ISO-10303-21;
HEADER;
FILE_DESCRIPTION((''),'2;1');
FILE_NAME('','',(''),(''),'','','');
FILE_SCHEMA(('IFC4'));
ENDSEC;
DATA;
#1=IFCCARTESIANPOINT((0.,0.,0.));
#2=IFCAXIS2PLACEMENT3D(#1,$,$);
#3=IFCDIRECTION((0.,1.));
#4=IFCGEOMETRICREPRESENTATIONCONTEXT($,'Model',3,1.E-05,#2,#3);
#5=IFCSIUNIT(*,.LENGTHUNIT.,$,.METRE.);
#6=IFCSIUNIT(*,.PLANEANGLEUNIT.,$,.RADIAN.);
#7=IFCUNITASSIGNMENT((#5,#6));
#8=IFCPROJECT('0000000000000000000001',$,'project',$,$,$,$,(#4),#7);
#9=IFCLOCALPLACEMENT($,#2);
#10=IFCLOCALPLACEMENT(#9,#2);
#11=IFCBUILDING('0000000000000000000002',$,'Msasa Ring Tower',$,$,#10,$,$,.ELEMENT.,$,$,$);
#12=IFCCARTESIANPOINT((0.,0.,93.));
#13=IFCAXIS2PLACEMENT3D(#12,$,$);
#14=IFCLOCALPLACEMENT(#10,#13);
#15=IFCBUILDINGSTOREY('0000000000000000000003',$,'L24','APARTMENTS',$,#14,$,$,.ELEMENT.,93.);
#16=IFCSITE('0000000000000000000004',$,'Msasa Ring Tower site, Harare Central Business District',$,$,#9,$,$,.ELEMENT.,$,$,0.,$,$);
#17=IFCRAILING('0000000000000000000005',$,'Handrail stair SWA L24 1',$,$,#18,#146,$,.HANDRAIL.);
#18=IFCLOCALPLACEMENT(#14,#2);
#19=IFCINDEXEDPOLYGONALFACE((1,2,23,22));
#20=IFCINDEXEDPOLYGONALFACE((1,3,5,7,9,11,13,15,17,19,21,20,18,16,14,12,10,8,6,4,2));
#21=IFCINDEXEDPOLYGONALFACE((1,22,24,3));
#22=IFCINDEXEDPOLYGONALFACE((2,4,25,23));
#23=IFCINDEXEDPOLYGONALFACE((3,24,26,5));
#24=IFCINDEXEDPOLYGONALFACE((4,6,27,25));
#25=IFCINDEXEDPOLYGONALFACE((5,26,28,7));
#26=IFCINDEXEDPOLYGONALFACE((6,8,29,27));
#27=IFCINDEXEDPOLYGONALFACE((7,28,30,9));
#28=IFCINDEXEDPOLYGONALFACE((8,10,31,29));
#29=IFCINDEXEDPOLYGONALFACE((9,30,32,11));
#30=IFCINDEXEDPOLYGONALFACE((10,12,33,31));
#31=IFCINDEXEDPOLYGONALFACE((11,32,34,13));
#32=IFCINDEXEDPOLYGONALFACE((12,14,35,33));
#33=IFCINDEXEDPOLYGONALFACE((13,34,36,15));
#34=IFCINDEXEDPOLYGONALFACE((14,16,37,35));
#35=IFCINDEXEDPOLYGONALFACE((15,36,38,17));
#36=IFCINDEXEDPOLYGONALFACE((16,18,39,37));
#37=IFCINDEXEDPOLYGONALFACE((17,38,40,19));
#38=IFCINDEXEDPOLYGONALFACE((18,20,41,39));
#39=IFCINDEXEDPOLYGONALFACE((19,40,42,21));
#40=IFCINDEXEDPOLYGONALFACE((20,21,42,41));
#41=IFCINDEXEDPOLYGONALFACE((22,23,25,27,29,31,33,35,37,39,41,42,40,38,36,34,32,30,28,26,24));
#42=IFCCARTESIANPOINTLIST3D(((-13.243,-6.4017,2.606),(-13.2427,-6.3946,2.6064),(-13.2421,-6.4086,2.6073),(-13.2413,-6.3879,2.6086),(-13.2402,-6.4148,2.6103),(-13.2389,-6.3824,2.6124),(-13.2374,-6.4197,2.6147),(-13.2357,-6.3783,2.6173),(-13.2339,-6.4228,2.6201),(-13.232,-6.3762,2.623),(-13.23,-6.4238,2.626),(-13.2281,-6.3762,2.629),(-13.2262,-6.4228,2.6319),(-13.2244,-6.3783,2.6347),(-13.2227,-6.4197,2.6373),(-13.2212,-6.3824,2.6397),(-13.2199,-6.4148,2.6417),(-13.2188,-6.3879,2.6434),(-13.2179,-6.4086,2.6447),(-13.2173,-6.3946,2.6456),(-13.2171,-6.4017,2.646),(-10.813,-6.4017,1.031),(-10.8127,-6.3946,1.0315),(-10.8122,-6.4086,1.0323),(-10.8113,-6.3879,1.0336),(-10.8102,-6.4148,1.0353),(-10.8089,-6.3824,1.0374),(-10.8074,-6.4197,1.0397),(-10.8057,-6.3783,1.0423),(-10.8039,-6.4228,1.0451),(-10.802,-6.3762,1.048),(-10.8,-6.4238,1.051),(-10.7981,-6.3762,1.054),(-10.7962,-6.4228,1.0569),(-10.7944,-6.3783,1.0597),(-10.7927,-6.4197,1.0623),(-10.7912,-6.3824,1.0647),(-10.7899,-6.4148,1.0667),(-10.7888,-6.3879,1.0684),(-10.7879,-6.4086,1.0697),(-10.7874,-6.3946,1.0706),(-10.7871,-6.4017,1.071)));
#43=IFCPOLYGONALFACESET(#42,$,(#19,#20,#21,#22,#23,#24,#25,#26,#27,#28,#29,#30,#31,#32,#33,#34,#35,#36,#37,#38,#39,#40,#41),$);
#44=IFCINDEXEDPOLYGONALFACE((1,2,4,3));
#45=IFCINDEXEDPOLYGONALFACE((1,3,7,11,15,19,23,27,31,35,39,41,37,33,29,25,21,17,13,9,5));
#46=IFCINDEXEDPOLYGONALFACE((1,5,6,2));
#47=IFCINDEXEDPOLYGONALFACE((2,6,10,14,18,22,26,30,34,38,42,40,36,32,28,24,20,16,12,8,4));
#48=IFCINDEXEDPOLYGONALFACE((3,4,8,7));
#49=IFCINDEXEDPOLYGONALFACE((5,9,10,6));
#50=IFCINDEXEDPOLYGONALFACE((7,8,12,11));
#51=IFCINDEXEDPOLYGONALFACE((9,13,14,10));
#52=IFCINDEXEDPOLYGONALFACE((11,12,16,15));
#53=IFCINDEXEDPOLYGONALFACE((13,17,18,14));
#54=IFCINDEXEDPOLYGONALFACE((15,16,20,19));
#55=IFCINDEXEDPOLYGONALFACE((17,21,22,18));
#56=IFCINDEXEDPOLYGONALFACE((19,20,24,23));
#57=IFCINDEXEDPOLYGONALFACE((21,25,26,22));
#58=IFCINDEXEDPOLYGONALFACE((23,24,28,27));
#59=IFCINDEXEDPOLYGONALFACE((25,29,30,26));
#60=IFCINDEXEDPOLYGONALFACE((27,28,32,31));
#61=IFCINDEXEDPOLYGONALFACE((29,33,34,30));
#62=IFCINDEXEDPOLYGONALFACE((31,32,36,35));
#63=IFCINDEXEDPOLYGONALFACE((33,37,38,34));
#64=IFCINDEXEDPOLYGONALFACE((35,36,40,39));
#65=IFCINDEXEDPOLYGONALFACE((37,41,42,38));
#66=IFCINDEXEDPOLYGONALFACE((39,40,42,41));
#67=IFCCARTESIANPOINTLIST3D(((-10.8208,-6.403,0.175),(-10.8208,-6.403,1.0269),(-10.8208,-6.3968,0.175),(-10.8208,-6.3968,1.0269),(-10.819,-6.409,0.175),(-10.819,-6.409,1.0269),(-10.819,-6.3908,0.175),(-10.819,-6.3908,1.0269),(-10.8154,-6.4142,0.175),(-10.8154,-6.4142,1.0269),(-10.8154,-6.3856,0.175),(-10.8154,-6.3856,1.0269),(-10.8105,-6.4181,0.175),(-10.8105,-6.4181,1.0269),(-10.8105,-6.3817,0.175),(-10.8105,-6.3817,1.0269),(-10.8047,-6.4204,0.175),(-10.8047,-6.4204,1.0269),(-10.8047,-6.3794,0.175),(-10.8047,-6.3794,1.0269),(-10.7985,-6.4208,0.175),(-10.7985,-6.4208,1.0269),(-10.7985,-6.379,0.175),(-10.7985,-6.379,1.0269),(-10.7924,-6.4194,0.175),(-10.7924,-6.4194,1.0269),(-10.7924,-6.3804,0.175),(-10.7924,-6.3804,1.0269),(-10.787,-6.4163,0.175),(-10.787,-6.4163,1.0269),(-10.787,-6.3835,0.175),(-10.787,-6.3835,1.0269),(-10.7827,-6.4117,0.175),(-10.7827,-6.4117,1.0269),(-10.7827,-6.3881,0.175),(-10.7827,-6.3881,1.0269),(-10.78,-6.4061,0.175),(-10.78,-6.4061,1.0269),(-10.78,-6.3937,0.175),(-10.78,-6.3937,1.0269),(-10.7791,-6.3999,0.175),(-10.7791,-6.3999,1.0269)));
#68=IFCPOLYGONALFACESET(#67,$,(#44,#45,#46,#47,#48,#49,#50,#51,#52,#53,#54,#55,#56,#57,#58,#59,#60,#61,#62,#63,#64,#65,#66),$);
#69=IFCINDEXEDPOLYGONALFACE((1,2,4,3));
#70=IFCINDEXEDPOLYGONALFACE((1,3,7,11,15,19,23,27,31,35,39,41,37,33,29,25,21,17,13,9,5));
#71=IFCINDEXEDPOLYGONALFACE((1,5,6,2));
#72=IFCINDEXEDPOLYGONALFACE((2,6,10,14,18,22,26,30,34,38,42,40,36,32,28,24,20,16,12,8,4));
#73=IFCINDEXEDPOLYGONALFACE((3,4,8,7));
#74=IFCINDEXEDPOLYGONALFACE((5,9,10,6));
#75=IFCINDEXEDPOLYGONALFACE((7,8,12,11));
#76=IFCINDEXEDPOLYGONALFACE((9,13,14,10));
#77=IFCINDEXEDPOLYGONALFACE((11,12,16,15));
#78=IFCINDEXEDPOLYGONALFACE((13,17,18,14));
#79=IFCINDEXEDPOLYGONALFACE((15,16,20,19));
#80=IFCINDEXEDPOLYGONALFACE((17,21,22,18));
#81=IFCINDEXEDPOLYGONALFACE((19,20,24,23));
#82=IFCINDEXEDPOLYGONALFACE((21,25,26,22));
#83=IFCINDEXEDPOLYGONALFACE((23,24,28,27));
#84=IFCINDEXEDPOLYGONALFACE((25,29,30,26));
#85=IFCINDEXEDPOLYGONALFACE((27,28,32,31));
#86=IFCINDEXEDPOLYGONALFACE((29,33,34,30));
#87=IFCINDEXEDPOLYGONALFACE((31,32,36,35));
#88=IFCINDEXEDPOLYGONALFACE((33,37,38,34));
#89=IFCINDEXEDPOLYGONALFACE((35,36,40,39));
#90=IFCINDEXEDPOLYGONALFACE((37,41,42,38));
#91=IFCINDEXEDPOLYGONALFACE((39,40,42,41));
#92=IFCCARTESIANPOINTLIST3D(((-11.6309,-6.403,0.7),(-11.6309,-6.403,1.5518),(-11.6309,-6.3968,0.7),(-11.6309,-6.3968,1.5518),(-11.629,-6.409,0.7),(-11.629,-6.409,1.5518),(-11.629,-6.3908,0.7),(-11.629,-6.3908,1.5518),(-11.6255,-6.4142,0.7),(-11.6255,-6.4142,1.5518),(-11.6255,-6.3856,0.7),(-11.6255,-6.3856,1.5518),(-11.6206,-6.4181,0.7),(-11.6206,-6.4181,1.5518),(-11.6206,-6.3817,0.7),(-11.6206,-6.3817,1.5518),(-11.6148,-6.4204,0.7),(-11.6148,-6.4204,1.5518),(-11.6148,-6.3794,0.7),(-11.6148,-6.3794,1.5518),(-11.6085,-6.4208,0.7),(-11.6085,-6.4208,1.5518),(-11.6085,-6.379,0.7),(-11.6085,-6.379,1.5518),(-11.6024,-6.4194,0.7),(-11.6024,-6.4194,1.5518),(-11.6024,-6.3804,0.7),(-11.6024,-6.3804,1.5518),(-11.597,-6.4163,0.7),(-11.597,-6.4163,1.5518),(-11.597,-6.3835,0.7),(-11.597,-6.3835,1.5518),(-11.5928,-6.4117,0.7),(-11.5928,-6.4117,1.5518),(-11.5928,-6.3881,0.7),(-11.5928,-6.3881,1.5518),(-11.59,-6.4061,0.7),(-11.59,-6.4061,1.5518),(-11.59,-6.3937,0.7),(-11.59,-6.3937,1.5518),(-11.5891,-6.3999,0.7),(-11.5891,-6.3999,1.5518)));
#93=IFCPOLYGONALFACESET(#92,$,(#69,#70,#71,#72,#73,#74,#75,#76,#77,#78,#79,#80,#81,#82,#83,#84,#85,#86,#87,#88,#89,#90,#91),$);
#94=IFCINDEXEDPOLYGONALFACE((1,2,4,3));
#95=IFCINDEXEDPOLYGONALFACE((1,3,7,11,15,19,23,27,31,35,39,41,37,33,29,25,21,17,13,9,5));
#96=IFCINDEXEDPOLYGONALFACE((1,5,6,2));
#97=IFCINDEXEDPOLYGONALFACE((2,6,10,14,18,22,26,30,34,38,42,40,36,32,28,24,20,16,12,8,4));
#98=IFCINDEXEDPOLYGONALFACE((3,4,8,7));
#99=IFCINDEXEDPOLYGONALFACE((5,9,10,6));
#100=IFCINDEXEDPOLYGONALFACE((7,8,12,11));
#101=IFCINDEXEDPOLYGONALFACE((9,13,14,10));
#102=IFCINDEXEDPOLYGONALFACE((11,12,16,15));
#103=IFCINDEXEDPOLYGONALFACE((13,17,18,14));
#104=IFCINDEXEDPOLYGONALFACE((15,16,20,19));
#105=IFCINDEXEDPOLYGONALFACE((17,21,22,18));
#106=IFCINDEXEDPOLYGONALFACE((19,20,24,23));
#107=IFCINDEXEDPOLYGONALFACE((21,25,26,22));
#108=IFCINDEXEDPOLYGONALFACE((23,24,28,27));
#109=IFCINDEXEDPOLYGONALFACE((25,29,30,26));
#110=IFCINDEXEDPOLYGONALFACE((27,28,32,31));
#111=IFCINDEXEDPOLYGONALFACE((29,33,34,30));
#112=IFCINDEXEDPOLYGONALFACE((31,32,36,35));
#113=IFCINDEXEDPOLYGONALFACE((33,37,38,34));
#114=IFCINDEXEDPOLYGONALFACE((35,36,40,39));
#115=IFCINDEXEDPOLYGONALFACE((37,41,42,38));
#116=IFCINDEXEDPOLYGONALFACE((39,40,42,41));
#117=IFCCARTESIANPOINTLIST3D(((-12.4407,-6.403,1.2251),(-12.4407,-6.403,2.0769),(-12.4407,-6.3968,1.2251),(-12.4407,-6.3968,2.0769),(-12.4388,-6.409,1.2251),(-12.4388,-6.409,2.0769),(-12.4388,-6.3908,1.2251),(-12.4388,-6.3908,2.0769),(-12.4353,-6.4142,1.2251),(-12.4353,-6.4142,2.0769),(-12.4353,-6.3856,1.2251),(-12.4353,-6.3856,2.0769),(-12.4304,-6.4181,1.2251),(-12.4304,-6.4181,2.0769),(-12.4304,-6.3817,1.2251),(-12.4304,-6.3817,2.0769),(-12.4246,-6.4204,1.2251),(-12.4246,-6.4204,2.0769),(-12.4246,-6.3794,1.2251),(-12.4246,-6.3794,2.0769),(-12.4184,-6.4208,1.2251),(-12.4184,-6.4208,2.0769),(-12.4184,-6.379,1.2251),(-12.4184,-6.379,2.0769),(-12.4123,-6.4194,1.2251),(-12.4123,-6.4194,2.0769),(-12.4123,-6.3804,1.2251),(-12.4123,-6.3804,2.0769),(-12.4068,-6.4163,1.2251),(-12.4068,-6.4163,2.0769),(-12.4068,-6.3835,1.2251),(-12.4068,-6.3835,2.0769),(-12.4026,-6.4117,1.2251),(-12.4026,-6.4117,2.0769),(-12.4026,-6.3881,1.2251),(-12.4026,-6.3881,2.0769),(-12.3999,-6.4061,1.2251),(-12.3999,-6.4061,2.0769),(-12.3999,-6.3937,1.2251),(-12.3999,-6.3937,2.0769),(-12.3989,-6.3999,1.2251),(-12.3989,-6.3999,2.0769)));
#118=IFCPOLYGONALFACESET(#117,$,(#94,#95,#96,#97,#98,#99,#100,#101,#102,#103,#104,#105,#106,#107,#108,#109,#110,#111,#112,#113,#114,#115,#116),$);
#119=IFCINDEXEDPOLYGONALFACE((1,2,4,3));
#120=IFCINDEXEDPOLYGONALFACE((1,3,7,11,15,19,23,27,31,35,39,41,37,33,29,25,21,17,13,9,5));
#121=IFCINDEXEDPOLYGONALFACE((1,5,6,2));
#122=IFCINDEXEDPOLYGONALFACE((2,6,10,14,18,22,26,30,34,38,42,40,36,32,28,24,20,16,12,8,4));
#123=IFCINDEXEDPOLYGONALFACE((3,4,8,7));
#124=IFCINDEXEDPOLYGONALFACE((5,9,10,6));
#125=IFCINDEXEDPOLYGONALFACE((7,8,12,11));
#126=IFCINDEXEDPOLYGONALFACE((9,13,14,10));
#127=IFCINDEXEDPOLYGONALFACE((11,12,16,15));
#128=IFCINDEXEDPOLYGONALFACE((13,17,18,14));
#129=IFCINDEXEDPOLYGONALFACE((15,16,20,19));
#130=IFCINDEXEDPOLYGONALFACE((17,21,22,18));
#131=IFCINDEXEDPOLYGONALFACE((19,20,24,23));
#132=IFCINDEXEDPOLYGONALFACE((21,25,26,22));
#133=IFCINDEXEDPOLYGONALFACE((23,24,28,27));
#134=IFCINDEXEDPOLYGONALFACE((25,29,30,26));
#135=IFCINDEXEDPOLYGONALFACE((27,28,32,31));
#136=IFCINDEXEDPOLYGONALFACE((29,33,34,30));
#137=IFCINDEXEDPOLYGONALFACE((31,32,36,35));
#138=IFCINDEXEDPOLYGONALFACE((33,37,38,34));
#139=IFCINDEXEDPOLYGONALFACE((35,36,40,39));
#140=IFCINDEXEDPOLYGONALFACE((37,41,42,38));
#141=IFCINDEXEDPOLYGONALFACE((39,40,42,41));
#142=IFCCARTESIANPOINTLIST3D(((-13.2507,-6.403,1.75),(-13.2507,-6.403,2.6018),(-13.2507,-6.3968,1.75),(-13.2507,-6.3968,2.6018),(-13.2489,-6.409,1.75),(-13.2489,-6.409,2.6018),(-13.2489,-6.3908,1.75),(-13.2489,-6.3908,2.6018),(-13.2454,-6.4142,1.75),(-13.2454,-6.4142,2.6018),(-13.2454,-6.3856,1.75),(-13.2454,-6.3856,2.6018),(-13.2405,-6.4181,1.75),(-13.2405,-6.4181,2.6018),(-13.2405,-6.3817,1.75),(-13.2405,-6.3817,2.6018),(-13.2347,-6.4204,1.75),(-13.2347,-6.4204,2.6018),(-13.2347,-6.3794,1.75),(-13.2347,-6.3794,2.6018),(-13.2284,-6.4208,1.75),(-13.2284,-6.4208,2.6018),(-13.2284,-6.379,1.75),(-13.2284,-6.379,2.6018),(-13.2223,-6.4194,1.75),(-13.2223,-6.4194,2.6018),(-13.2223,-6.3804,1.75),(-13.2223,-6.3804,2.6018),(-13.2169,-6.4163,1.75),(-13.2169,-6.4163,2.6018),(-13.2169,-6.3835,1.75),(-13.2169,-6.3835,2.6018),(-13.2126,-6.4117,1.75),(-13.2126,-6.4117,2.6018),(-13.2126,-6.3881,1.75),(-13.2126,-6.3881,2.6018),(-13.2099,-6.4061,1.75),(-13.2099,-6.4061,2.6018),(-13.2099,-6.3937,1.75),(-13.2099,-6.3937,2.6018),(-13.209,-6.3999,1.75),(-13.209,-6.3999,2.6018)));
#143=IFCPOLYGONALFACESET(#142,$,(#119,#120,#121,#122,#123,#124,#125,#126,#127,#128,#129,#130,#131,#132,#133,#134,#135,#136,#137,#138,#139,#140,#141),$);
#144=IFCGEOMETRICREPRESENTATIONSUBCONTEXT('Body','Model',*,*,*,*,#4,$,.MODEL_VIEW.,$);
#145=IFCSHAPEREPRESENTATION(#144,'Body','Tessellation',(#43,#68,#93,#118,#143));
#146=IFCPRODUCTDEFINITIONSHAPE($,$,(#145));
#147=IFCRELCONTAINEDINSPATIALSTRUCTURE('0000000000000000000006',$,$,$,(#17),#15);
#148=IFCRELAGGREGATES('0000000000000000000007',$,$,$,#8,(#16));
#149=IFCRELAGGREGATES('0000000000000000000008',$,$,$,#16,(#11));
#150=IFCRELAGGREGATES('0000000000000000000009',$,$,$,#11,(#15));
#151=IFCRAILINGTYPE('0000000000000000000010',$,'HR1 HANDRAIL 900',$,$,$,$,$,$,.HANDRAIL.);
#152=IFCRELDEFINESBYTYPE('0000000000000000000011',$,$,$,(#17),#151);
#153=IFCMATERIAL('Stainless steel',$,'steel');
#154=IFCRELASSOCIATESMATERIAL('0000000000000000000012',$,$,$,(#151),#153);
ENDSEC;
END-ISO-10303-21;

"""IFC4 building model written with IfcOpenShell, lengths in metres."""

from ifc_helpers import new_model, si_unit, direction, frame, origin, origin_2d, place, context, subcontext, project, spatial, circle, extrude, material, type_object, element, save


model = new_model("IFC4")

# Units and contexts
model_context = context("Model", 3, precision=1e-05, world=origin(), true_north=direction((0.0, 1.0)))
body_context = subcontext(model_context, "Body", "Model", "MODEL_VIEW")
ifc_project = project(units=[si_unit("LENGTHUNIT", "METRE"), si_unit("PLANEANGLEUNIT", "RADIAN")], contexts=[model_context])

# Site, building, storey
site_placement = place(None, origin())
site = spatial("IfcSite", under=ifc_project, at=site_placement, Name="Msasa Ring Tower site, Harare Central Business District", CompositionType="ELEMENT", RefElevation=0.0)
building_placement = place(site_placement, origin())
building = spatial("IfcBuilding", under=site, at=building_placement, Name="Msasa Ring Tower", CompositionType="ELEMENT")
storey_placement = place(building_placement, frame((0.0, 0.0, 93.0)))
storey = spatial("IfcBuildingStorey", under=building, at=storey_placement, Name="L24", Description="APARTMENTS", CompositionType="ELEMENT", Elevation=93.0)

# Railing
ifc_material_1 = material(Name="Stainless steel", Category="steel")
railing_type = type_object("IfcRailingType", Name="HR1 HANDRAIL 900", PredefinedType="HANDRAIL", material=ifc_material_1)
for number, where, name in (
    (1, (-10.8, -6.3999, 0.175), "Handrail stair SWA L24 1"),
):
    element("IfcRailing", number, at=place(storey_placement, frame(where)), inside=storey, type_object=railing_type, Name=name, PredefinedType="HANDRAIL", context=body_context, shape_type="SweptSolid", body=[
        extrude(circle(Radius=0.0239, at=origin_2d()), frame((0.0, 0.0, 0.876), z_axis=(-0.839154, 0.0, 0.543894), x_axis=(0.0, -1.0, 0.0)), (0.0, 0.0, 1.0), 2.8958),
        extrude(circle(Radius=0.021, at=origin_2d()), origin(), (0.0, 0.0, 1.0), 0.8518),
        extrude(circle(Radius=0.021, at=origin_2d()), frame((-0.8101, 0.0, 0.5249)), (0.0, 0.0, 1.0), 0.8518),
        extrude(circle(Radius=0.021, at=origin_2d()), frame((-1.6199, 0.0, 1.05)), (0.0, 0.0, 1.0), 0.8518),
        extrude(circle(Radius=0.021, at=origin_2d()), frame((-2.4299, 0.0, 1.575)), (0.0, 0.0, 1.0), 0.8518),
    ])

save(model, "model.ifc")
